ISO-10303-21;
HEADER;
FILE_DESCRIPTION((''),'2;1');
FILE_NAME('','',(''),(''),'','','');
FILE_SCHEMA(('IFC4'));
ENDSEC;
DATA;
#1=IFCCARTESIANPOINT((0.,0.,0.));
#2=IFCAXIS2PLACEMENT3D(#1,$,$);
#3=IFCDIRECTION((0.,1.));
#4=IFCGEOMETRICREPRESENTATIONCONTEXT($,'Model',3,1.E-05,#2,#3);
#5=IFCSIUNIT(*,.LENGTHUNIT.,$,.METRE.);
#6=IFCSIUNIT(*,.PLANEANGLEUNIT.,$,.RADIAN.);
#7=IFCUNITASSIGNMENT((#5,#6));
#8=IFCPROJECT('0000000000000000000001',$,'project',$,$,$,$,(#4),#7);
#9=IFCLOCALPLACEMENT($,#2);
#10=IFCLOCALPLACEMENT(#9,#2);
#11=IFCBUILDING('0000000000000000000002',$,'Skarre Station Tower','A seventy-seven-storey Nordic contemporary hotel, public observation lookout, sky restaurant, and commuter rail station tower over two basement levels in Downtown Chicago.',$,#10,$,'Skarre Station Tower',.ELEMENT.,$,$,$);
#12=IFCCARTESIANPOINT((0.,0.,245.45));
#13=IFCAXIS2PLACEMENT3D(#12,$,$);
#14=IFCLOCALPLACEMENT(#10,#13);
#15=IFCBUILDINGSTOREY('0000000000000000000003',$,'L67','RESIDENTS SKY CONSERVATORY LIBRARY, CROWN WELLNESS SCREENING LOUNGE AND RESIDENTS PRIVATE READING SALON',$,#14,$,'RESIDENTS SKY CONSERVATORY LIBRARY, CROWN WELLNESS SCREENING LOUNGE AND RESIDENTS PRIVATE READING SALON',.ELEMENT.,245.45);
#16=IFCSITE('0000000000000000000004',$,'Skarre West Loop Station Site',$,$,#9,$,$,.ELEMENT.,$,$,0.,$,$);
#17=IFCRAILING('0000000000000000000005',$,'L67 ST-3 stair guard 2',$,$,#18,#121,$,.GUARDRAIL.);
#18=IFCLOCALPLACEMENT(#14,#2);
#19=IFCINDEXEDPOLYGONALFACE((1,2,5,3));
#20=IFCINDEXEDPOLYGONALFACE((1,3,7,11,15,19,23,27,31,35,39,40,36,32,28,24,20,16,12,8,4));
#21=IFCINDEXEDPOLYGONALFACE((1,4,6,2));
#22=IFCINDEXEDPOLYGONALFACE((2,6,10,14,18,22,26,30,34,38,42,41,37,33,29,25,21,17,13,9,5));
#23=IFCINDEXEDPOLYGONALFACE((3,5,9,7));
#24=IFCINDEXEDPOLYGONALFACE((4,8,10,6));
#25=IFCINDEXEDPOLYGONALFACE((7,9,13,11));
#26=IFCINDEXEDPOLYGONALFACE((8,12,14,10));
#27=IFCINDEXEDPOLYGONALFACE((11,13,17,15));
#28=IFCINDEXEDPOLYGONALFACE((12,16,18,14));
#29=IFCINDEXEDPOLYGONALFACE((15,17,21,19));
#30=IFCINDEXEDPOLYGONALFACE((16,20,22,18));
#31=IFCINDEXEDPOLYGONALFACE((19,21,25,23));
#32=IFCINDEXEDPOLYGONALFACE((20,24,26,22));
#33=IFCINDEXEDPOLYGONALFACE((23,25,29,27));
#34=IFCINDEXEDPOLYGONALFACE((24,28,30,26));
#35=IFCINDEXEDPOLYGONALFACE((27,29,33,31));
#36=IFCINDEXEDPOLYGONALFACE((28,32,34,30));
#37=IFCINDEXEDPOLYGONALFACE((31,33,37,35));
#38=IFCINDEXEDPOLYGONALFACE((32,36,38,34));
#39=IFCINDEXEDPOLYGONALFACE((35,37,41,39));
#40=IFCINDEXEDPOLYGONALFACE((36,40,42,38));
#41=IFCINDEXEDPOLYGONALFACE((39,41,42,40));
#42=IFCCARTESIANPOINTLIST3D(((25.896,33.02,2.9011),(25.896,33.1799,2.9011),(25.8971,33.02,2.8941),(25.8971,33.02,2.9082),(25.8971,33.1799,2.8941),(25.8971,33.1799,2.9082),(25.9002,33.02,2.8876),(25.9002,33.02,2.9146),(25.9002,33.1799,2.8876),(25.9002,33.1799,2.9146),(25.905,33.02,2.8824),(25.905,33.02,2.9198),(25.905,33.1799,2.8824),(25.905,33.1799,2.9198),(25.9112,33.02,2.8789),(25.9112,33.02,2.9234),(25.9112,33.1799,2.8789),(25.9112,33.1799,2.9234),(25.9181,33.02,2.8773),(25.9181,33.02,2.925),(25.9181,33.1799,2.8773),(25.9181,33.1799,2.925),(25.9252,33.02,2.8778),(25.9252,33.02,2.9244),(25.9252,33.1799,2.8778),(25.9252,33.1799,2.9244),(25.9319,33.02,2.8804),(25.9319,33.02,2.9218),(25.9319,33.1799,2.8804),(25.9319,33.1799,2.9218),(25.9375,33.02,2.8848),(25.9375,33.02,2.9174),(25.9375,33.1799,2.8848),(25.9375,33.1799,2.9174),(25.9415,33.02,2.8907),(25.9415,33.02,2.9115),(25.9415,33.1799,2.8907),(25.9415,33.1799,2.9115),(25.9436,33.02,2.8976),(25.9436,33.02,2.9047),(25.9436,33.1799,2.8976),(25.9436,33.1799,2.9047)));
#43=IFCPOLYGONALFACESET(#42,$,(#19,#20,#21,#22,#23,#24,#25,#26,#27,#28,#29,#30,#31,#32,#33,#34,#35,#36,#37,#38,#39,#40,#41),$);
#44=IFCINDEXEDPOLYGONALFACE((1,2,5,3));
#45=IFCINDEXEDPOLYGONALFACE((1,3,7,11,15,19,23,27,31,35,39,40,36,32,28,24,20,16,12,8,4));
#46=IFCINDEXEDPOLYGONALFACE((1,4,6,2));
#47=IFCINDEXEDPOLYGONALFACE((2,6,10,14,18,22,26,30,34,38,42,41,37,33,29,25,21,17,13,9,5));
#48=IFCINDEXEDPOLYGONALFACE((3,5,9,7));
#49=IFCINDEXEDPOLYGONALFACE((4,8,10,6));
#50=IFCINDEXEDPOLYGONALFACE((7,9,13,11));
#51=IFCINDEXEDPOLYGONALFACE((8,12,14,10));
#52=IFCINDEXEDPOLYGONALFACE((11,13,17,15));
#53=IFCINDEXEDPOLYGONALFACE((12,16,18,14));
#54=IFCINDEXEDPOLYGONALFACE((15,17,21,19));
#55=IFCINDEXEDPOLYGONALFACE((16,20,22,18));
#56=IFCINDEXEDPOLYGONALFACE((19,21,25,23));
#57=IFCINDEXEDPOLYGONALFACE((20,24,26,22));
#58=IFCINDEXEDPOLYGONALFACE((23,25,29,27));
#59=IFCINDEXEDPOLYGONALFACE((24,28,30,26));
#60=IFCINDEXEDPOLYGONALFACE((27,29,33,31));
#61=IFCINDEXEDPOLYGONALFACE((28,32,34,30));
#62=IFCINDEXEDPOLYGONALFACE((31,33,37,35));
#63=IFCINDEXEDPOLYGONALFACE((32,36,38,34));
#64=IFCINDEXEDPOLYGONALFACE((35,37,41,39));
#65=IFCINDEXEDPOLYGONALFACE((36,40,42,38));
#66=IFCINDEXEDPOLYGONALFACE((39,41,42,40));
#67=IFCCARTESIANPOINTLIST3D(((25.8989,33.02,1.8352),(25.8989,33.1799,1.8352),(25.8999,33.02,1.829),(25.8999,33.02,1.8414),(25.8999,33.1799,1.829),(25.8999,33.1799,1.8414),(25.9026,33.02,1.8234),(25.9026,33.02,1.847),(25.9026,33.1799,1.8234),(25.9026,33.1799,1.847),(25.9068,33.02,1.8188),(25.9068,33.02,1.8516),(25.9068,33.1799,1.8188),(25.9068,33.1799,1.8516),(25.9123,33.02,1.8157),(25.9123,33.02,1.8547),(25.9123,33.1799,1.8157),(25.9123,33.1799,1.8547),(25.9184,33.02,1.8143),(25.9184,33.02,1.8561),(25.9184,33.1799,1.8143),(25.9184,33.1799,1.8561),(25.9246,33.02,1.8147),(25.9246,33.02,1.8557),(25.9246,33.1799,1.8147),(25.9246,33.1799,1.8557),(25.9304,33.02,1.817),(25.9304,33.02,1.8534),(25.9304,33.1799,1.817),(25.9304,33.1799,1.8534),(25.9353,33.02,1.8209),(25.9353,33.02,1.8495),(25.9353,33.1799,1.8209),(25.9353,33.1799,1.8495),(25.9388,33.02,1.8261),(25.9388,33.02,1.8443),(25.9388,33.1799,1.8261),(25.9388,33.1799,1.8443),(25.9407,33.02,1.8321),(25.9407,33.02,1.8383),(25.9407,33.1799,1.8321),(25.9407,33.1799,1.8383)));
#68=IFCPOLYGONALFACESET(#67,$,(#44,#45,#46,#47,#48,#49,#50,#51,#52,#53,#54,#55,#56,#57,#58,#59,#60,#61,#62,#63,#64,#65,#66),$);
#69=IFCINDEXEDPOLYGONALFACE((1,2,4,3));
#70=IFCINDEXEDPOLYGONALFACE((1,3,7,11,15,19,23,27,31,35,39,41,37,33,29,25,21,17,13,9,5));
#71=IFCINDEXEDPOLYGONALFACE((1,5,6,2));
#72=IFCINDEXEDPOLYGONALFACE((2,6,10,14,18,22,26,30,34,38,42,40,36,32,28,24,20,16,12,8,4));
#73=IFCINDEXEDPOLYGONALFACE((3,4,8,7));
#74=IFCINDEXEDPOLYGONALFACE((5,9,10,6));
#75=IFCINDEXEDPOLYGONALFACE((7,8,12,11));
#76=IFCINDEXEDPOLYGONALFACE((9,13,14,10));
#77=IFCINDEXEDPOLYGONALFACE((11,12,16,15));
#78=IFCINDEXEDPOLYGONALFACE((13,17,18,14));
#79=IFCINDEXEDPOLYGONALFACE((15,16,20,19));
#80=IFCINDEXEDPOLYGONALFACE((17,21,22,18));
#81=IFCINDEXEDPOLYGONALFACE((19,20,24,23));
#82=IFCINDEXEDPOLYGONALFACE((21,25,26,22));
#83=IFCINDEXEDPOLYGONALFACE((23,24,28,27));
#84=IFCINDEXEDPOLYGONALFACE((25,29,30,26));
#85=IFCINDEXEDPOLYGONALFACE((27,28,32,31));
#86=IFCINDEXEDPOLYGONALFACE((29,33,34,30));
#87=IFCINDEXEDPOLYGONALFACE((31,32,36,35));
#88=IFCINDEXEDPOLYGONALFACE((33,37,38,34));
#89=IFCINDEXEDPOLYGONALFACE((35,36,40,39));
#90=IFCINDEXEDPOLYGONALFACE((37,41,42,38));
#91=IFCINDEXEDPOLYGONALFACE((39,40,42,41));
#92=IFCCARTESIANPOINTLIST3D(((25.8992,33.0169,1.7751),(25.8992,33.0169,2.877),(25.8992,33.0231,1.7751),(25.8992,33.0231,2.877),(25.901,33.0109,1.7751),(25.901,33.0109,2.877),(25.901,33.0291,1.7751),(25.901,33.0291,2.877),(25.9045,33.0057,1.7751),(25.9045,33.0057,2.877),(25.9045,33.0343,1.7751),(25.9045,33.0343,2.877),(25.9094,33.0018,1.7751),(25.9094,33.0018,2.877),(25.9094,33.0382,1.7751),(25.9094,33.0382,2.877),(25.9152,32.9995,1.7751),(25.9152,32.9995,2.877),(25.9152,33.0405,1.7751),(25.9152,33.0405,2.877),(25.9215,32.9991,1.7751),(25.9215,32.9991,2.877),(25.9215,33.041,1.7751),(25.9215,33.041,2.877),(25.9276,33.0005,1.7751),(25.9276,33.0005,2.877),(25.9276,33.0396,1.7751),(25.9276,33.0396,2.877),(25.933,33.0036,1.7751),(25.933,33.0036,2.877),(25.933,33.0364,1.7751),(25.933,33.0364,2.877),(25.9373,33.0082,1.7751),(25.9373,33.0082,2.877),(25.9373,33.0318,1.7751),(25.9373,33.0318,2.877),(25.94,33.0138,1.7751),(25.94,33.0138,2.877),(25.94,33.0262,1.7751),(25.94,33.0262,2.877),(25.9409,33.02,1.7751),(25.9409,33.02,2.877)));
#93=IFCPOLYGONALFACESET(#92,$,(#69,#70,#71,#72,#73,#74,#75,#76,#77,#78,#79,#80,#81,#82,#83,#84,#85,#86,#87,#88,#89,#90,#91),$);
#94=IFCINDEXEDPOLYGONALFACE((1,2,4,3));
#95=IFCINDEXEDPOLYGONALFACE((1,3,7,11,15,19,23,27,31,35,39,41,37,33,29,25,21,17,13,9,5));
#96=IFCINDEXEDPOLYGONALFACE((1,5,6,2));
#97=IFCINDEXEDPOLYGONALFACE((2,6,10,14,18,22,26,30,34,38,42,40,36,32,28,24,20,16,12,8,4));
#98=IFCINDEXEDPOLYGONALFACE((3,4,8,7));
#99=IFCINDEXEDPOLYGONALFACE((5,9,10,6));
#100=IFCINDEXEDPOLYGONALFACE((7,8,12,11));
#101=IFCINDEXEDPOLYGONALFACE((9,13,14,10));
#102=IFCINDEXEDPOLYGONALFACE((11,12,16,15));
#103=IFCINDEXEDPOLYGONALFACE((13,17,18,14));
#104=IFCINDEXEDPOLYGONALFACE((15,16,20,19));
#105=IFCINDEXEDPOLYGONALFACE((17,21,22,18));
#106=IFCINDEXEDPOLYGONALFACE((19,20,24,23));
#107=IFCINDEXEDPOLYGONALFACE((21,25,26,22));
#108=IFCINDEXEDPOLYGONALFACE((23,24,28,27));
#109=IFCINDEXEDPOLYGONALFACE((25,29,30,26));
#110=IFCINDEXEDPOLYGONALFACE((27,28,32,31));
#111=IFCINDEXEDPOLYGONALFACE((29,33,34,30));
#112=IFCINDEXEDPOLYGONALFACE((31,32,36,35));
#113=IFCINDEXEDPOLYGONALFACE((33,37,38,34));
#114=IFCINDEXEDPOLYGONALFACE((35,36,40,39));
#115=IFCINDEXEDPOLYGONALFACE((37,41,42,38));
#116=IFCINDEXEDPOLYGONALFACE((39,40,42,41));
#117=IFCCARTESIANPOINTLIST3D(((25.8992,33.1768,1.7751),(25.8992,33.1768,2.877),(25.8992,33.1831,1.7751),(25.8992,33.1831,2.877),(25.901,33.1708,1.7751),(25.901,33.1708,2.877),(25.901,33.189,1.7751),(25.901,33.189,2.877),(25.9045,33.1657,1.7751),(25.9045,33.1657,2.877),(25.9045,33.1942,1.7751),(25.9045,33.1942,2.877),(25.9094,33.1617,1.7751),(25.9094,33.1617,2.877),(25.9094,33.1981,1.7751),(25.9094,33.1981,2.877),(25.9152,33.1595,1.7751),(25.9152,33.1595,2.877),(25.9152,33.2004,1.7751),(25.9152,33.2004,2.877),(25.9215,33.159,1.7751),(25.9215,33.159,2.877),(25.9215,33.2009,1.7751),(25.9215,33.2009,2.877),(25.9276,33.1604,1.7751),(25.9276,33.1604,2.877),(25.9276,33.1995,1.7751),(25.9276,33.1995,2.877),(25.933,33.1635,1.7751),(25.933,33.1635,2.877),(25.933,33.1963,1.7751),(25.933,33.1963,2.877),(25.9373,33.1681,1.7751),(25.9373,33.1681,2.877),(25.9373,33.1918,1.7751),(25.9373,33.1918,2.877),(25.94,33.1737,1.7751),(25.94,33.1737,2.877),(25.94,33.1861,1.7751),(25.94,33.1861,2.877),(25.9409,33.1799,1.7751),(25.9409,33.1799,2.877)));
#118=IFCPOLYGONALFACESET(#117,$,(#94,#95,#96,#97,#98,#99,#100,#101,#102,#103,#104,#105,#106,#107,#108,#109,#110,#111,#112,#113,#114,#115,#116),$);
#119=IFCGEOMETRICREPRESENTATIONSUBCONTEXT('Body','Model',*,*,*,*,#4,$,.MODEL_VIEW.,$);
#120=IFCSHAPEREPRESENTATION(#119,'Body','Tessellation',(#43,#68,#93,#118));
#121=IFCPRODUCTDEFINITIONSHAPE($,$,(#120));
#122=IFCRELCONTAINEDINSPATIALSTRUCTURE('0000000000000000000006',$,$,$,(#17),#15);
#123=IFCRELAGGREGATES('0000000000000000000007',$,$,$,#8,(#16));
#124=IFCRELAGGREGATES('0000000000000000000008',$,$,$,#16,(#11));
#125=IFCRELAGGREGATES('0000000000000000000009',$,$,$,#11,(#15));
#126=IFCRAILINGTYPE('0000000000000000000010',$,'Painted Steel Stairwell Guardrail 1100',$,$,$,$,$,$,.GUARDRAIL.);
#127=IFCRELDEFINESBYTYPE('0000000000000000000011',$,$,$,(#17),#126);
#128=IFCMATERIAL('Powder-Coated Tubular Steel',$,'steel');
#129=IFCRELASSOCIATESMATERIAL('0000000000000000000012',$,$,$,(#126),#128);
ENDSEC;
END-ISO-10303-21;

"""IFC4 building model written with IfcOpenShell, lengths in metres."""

from ifc_helpers import new_model, si_unit, direction, frame, origin, origin_2d, place, context, subcontext, project, spatial, circle, extrude, material, type_object, element, save


model = new_model("IFC4")

# Units and contexts
model_context = context("Model", 3, precision=1e-05, world=origin(), true_north=direction((0.0, 1.0)))
body_context = subcontext(model_context, "Body", "Model", "MODEL_VIEW")
ifc_project = project(units=[si_unit("LENGTHUNIT", "METRE"), si_unit("PLANEANGLEUNIT", "RADIAN")], contexts=[model_context])

# Site, building, storey
site_placement = place(None, origin())
site = spatial("IfcSite", under=ifc_project, at=site_placement, Name="Skarre West Loop Station Site", CompositionType="ELEMENT", RefElevation=0.0)
building_placement = place(site_placement, origin())
building = spatial("IfcBuilding", under=site, at=building_placement, Name="Skarre Station Tower", Description="A seventy-seven-storey Nordic contemporary hotel, public observation lookout, sky restaurant, and commuter rail station tower over two basement levels in Downtown Chicago.", LongName="Skarre Station Tower", CompositionType="ELEMENT")
storey_placement = place(building_placement, frame((0.0, 0.0, 245.45)))
storey = spatial("IfcBuildingStorey", under=building, at=storey_placement, Name="L67", Description="RESIDENTS SKY CONSERVATORY LIBRARY, CROWN WELLNESS SCREENING LOUNGE AND RESIDENTS PRIVATE READING SALON", LongName="RESIDENTS SKY CONSERVATORY LIBRARY, CROWN WELLNESS SCREENING LOUNGE AND RESIDENTS PRIVATE READING SALON", CompositionType="ELEMENT", Elevation=245.45)

# Railing
ifc_material_1 = material(Name="Powder-Coated Tubular Steel", Category="steel")
railing_type_1 = type_object("IfcRailingType", Name="Painted Steel Stairwell Guardrail 1100", PredefinedType="GUARDRAIL", material=ifc_material_1)
railing_1_placement = place(storey_placement, frame((25.9199, 33.02, 1.7751)))
element("IfcRailing", 1, at=railing_1_placement, inside=storey, type_object=railing_type_1, Name="L67 ST-3 stair guard 2", PredefinedType="GUARDRAIL", context=body_context, shape_type="SweptSolid", body=[
    extrude(circle(Radius=0.0239, at=origin_2d()), frame((0.0, 0.0, 1.126), z_axis=(0.0, 1.0, 0.0), x_axis=(-1.0, 0.0, 0.0)), (0.0, 0.0, 1.0), 0.1599),
    extrude(circle(Radius=0.021, at=origin_2d()), frame((0.0, 0.0, 0.0601), z_axis=(0.0, 1.0, 0.0), x_axis=(-1.0, 0.0, 0.0)), (0.0, 0.0, 1.0), 0.1599),
    extrude(circle(Radius=0.021, at=origin_2d()), origin(), (0.0, 0.0, 1.0), 1.1018),
    extrude(circle(Radius=0.021, at=origin_2d()), frame((0.0, 0.1599, 0.0)), (0.0, 0.0, 1.0), 1.1018),
])

save(model, "model.ifc")
